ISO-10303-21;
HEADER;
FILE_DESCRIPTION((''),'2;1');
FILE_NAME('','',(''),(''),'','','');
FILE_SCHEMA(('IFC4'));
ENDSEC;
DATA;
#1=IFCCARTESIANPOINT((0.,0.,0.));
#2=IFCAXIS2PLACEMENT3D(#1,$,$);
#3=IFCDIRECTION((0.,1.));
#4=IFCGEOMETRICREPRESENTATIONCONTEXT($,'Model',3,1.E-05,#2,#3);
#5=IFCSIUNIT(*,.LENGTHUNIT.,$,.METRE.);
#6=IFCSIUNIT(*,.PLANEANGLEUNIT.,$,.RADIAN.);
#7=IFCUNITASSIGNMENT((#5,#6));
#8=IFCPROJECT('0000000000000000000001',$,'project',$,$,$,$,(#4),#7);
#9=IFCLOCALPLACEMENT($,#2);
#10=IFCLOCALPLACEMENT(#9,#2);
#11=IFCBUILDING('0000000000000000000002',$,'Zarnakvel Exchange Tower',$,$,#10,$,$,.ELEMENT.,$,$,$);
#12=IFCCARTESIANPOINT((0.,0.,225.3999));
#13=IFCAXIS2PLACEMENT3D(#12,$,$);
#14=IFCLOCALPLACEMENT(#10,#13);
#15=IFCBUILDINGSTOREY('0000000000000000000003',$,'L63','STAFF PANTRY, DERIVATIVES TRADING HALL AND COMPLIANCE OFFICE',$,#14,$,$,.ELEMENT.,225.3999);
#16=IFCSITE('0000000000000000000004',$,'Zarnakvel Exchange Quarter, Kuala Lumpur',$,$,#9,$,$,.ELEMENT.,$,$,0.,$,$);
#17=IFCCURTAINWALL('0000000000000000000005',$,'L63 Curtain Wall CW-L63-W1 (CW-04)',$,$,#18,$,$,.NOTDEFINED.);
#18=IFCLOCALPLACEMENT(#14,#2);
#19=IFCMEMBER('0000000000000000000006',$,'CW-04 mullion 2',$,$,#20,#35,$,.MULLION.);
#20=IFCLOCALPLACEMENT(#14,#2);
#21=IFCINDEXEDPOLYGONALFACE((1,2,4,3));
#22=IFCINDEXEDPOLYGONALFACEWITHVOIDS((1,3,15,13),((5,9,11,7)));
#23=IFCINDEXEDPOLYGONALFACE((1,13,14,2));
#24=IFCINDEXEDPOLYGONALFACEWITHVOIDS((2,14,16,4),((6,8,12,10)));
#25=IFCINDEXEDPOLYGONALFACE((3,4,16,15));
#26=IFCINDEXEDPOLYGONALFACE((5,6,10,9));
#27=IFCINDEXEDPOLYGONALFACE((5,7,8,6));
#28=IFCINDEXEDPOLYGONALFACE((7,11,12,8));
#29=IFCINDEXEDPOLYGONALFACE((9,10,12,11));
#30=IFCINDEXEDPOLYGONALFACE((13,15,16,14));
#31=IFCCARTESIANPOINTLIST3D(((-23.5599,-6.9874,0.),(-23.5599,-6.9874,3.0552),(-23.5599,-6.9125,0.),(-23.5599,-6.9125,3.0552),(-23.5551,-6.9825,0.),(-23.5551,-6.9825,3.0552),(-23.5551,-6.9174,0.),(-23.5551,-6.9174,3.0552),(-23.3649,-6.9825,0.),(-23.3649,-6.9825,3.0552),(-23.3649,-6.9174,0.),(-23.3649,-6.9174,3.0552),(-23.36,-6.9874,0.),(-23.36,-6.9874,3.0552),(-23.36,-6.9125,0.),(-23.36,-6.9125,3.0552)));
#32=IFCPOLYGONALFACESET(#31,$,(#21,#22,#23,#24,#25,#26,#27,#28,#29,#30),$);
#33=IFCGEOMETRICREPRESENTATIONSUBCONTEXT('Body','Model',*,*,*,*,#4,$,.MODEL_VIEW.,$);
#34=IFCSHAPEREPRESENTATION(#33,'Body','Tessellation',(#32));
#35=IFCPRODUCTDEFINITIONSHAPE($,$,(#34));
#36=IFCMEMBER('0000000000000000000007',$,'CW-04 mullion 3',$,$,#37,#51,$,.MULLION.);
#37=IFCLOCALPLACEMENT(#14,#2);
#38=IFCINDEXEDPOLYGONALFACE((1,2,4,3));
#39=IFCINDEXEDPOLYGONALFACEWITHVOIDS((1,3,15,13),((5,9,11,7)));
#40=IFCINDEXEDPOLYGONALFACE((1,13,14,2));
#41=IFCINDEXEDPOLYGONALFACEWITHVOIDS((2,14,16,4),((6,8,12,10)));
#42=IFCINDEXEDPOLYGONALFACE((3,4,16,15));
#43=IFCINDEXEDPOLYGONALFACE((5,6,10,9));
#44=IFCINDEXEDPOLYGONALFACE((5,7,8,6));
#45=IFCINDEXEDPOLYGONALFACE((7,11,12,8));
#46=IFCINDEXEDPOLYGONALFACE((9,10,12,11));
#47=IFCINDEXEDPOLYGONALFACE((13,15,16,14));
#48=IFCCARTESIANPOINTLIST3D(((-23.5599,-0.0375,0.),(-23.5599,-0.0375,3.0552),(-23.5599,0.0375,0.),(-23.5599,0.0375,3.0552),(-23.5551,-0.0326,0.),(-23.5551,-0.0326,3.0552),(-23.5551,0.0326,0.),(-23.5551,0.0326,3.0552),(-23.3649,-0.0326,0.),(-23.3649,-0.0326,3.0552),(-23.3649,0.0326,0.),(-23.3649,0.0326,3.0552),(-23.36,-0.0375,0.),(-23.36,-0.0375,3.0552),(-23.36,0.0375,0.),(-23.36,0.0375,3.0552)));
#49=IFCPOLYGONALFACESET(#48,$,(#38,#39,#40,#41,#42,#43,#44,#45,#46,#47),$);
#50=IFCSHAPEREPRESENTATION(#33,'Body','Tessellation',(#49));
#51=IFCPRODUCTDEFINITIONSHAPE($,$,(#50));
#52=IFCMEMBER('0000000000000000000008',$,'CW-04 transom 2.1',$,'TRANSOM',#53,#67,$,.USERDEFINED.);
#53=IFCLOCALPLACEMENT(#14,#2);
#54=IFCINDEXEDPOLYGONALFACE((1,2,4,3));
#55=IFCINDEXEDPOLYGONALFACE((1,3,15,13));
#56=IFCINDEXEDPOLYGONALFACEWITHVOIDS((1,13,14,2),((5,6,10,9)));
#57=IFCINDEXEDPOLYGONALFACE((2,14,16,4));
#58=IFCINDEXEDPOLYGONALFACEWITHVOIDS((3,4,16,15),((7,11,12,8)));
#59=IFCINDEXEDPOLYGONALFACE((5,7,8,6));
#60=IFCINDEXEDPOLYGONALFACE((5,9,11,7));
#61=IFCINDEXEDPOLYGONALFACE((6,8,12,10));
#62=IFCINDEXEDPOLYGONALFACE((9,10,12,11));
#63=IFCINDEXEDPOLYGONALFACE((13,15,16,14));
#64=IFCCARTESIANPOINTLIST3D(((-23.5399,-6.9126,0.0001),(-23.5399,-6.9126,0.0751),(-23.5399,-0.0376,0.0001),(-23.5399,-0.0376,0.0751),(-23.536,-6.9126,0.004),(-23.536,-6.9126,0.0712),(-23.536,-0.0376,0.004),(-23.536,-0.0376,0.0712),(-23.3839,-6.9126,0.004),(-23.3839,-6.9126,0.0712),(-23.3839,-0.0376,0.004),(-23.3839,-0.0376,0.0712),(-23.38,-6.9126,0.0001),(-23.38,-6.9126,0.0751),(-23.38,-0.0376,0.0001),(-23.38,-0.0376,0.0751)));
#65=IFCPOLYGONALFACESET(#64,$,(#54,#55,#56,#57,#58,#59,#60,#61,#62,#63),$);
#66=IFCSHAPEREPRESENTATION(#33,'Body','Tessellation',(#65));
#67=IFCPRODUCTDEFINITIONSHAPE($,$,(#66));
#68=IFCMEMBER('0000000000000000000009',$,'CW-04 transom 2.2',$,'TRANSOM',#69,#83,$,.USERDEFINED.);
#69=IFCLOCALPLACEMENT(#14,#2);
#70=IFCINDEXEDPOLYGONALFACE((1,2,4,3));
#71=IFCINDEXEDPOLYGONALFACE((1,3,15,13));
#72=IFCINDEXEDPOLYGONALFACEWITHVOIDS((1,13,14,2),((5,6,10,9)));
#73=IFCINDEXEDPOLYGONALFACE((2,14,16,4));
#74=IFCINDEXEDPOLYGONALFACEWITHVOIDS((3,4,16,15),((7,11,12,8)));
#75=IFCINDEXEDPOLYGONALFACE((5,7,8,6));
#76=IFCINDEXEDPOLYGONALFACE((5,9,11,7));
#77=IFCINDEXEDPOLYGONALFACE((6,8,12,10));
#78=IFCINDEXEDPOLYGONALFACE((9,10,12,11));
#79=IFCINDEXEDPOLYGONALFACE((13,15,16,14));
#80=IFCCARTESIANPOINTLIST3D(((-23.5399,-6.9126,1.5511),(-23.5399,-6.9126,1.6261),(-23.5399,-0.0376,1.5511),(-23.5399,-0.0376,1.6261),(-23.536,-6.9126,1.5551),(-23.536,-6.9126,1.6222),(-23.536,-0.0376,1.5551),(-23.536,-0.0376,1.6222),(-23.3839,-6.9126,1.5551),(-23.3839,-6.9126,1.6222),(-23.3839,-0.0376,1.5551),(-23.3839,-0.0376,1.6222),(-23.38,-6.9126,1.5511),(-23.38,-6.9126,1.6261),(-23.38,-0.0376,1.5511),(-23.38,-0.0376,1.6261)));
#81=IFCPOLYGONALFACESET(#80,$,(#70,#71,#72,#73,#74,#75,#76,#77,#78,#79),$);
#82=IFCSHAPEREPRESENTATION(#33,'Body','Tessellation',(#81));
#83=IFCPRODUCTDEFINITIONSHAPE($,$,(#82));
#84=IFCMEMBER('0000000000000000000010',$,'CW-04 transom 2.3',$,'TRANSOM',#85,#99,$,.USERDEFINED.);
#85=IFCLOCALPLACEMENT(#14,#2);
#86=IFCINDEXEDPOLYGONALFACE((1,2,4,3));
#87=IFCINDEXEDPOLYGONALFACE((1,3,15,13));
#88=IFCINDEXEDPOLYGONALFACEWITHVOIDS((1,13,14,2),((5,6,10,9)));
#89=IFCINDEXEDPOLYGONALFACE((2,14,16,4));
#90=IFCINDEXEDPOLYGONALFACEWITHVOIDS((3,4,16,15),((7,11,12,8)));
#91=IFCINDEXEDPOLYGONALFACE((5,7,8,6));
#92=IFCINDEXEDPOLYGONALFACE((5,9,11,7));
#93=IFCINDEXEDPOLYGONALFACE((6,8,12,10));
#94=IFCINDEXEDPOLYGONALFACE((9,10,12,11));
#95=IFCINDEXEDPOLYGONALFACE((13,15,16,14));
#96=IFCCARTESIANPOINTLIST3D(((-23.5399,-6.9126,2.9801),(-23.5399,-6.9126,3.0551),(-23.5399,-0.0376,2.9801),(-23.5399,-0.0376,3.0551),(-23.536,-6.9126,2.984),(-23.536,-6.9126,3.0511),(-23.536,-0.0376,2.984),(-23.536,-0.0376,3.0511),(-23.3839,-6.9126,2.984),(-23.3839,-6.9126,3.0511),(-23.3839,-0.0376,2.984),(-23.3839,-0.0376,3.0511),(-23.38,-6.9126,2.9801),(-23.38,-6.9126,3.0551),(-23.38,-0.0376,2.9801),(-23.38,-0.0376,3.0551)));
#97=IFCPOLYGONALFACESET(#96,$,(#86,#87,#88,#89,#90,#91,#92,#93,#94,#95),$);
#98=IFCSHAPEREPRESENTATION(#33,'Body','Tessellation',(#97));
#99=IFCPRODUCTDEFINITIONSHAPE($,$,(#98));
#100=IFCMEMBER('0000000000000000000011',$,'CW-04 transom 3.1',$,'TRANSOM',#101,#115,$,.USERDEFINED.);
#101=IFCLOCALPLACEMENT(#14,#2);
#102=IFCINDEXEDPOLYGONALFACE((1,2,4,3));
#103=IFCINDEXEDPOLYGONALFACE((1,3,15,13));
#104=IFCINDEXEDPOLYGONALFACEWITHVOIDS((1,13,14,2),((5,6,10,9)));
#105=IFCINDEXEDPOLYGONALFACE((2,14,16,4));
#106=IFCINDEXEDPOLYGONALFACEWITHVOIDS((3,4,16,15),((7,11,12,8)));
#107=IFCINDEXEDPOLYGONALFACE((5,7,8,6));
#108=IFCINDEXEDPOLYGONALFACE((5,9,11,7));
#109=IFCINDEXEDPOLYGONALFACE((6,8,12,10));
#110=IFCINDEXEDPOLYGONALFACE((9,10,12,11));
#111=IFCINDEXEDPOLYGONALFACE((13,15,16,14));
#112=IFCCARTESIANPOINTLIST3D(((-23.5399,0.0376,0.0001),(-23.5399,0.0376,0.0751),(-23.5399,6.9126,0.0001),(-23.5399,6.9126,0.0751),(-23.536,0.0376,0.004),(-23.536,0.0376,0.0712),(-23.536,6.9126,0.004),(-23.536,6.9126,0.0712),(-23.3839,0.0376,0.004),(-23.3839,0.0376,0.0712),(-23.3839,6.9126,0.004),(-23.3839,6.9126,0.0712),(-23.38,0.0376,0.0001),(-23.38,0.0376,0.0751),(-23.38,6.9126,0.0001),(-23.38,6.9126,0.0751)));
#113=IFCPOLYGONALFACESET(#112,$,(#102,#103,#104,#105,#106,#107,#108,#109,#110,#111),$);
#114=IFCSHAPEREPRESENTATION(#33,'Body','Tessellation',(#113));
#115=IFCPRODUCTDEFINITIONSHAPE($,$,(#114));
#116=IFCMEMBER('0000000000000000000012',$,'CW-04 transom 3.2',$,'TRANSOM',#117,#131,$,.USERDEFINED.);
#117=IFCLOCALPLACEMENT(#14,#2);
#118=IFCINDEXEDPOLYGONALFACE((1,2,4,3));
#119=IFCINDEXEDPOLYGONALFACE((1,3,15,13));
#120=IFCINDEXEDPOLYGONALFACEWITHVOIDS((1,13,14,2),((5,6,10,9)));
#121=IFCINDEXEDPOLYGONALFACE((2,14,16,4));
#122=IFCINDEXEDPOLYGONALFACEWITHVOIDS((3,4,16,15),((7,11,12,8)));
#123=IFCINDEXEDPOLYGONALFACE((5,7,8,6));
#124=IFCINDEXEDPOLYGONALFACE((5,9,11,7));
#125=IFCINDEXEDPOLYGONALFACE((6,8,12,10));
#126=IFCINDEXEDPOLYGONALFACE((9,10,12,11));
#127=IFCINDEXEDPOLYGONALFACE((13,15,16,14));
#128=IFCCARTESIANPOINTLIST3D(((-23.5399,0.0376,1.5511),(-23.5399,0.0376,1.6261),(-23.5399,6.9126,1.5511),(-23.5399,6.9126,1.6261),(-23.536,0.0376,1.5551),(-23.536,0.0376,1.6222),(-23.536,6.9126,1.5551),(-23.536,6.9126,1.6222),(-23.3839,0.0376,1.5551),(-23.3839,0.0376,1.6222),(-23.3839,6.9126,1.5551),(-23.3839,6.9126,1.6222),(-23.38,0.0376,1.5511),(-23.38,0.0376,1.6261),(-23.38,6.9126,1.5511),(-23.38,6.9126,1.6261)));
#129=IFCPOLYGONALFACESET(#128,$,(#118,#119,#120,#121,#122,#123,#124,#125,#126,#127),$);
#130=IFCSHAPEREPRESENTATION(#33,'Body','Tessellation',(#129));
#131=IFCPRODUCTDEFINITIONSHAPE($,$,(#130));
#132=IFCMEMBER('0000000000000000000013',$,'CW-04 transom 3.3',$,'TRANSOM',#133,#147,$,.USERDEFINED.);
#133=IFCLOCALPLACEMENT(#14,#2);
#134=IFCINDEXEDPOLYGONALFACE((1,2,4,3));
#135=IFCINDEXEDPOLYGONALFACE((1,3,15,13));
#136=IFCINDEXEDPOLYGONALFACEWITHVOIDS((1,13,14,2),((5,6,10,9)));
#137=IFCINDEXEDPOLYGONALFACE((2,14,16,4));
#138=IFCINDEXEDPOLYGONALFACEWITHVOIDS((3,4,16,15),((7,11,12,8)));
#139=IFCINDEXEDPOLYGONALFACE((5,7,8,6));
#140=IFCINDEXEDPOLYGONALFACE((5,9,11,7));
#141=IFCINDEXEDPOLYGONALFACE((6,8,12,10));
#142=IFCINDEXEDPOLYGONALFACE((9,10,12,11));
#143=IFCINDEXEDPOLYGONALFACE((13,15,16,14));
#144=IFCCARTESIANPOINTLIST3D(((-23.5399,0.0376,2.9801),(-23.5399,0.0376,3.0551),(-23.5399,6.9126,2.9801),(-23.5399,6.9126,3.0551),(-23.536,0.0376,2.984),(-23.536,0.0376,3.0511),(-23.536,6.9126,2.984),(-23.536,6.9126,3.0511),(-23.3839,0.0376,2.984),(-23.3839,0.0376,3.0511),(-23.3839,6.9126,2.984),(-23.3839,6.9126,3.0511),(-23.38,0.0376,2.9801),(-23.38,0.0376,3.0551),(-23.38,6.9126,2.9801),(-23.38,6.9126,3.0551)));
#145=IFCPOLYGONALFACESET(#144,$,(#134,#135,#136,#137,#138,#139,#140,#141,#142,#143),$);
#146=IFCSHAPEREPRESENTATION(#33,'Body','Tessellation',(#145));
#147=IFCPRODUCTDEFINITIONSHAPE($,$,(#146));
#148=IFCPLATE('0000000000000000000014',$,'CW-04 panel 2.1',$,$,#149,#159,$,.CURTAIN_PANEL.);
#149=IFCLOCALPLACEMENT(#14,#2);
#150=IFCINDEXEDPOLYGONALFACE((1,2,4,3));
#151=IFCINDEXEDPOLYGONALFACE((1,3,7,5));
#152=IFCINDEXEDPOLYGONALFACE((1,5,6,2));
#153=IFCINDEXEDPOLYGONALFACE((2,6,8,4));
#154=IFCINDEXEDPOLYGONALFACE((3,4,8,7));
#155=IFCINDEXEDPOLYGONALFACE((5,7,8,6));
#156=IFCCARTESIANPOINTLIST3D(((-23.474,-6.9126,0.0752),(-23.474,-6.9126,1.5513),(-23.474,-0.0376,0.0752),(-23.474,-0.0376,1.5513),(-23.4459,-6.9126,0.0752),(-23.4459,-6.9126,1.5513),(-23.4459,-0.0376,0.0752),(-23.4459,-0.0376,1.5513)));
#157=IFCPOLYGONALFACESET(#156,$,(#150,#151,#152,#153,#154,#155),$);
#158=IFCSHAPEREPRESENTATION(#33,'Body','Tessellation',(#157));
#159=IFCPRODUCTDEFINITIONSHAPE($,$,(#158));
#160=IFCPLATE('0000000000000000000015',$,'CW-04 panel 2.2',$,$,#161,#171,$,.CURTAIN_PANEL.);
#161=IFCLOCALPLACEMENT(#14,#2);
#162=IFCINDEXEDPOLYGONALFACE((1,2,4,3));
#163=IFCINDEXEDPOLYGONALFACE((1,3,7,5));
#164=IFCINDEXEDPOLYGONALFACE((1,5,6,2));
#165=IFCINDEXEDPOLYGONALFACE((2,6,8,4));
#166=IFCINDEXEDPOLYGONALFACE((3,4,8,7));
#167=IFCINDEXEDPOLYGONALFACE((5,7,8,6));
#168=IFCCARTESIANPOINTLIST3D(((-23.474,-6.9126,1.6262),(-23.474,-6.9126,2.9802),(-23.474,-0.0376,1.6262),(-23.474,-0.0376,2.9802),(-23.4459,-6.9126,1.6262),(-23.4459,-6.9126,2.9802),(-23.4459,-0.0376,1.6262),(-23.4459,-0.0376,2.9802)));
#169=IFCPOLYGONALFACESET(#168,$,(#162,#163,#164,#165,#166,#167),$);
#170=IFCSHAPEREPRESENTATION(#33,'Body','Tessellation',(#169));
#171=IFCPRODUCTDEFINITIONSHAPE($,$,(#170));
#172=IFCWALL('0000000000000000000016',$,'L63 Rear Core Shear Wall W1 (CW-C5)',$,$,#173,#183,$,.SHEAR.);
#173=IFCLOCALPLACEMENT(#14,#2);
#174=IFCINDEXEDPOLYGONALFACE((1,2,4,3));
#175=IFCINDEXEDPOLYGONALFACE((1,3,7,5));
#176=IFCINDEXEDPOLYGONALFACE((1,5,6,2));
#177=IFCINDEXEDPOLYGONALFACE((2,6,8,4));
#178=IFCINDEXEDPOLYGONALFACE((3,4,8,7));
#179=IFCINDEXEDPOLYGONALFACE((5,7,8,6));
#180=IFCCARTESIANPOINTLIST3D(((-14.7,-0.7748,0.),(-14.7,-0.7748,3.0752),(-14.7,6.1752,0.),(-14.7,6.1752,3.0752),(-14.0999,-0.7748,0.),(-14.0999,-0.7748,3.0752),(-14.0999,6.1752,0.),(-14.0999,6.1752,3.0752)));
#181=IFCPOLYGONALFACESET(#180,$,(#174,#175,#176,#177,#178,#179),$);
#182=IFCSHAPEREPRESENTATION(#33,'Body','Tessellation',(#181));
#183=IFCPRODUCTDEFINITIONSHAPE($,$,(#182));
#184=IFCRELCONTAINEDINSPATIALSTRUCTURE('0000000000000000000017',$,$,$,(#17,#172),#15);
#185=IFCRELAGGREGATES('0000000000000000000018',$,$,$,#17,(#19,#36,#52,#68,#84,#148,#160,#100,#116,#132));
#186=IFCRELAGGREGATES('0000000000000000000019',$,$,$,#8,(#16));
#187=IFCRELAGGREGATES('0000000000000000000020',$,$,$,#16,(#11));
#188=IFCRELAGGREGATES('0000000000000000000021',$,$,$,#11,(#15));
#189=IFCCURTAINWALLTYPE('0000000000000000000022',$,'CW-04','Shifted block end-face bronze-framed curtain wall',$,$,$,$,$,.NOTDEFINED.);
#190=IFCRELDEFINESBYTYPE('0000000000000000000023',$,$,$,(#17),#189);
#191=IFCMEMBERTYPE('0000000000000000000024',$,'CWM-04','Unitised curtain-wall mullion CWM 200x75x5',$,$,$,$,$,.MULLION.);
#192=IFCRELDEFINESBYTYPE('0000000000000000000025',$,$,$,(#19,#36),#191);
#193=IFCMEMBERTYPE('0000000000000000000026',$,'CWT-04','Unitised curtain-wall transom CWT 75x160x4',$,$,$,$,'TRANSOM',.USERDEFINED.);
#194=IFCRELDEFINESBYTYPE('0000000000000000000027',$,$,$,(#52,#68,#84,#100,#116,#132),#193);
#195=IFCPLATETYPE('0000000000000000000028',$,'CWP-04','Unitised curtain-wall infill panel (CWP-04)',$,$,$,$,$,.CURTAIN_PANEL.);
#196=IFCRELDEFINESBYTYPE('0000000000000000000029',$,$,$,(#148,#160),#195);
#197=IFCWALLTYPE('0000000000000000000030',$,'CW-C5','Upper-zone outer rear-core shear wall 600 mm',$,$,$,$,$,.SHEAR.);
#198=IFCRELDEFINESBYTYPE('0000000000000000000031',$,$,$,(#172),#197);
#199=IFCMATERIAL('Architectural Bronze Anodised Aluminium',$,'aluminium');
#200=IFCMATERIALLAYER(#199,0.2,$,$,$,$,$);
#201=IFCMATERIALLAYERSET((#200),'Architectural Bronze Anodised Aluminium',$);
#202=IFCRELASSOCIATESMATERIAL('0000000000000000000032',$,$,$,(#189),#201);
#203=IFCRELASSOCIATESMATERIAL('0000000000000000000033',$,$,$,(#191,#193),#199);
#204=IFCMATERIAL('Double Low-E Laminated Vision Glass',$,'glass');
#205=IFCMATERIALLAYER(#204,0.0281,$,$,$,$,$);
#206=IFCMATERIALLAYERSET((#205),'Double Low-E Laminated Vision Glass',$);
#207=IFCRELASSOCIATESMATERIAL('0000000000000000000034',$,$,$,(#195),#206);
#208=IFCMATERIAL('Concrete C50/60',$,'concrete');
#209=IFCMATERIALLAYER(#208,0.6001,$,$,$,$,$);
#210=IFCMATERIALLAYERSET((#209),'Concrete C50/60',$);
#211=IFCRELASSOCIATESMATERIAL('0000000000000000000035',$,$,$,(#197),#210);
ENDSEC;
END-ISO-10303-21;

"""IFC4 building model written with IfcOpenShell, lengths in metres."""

from ifc_helpers import new_model, si_unit, direction, frame, frame_2d, origin, origin_2d, place, context, subcontext, project, spatial, rectangle, hollow_rectangle, extrude, source, transform, mapped, material, layer, layer_set, material_profile, profile_set, type_object, element, aggregate, save


model = new_model("IFC4")

# Units and contexts
model_context = context("Model", 3, precision=1e-05, world=origin(), true_north=direction((0.0, 1.0)))
body_context = subcontext(model_context, "Body", "Model", "MODEL_VIEW")
ifc_project = project(units=[si_unit("LENGTHUNIT", "METRE"), si_unit("PLANEANGLEUNIT", "RADIAN")], contexts=[model_context])

# Site, building, storey
site_placement = place(None, origin())
site = spatial("IfcSite", under=ifc_project, at=site_placement, Name="Zarnakvel Exchange Quarter, Kuala Lumpur", CompositionType="ELEMENT", RefElevation=0.0)
building_placement = place(site_placement, origin())
building = spatial("IfcBuilding", under=site, at=building_placement, Name="Zarnakvel Exchange Tower", CompositionType="ELEMENT")
storey_placement = place(building_placement, frame((0.0, 0.0, 225.3999)))
storey = spatial("IfcBuildingStorey", under=building, at=storey_placement, Name="L63", Description="STAFF PANTRY, DERIVATIVES TRADING HALL AND COMPLIANCE OFFICE", CompositionType="ELEMENT", Elevation=225.3999)

# Shared definitions
ifc_material_1 = material(Name="Concrete C50/60", Category="concrete")

# Curtain wall, members, plates
ifc_material_2 = material(Name="Architectural Bronze Anodised Aluminium", Category="aluminium")
ifc_layer_1 = layer(ifc_material_2, 0.2)
ifc_layer_set_1 = layer_set([ifc_layer_1], Name="Architectural Bronze Anodised Aluminium")
curtain_wall_type = type_object("IfcCurtainWallType", Name="CW-04", Description="Shifted block end-face bronze-framed curtain wall", PredefinedType="NOTDEFINED", material=ifc_layer_set_1)
curtain_wall_placement = place(storey_placement, origin())
curtain_wall = element("IfcCurtainWall", 1, at=curtain_wall_placement, inside=storey, type_object=curtain_wall_type, Name="L63 Curtain Wall CW-L63-W1 (CW-04)", PredefinedType="NOTDEFINED")
ifc_material_profile_1 = material_profile(ifc_material_2, hollow_rectangle(XDim=0.2, YDim=0.075, WallThickness=0.0049, at=origin_2d()))
ifc_profile_set_1 = profile_set([ifc_material_profile_1], Name="Architectural Bronze Anodised Aluminium")
member_type_1 = type_object("IfcMemberType", Name="CWM-04", Description="Unitised curtain-wall mullion CWM 200x75x5", PredefinedType="MULLION", material=ifc_profile_set_1)
shared_shape_1 = source(origin(), body_context, "Body", "SweptSolid", [
    extrude(hollow_rectangle(XDim=0.2, YDim=0.075, WallThickness=0.0049, at=origin_2d()), origin(), (0.0, 0.0, 1.0), 3.0552),
])
member_1_placement = place(storey_placement, frame((-23.46, -6.95, 0.0), z_axis=(0.0, 0.0, 1.0), x_axis=(-1.0, 0.0, 0.0)))
member_1 = element("IfcMember", 2, at=member_1_placement, type_object=member_type_1, Name="CW-04 mullion 2", PredefinedType="MULLION", context=body_context, shape_type="MappedRepresentation", body=[
    mapped(shared_shape_1, transform((0.0, 0.0, 0.0), x_axis=(1.0, 0.0, 0.0), y_axis=(0.0, 1.0, 0.0), z_axis=(0.0, 0.0, 1.0), scale=1.0)),
])
member_2_placement = place(storey_placement, frame((-23.46, 0.0, 0.0), z_axis=(0.0, 0.0, 1.0), x_axis=(-1.0, 0.0, 0.0)))
member_2 = element("IfcMember", 3, at=member_2_placement, type_object=member_type_1, Name="CW-04 mullion 3", PredefinedType="MULLION", context=body_context, shape_type="MappedRepresentation", body=[
    mapped(shared_shape_1, transform((0.0, 0.0, 0.0), x_axis=(1.0, 0.0, 0.0), y_axis=(0.0, 1.0, 0.0), z_axis=(0.0, 0.0, 1.0), scale=1.0)),
])
ifc_material_profile_2 = material_profile(ifc_material_2, hollow_rectangle(XDim=0.1599, YDim=0.075, WallThickness=0.0039, at=origin_2d()))
ifc_profile_set_2 = profile_set([ifc_material_profile_2], Name="Architectural Bronze Anodised Aluminium")
member_type_2 = type_object("IfcMemberType", Name="CWT-04", Description="Unitised curtain-wall transom CWT 75x160x4", ElementType="TRANSOM", PredefinedType="USERDEFINED", material=ifc_profile_set_2)
shared_shape_2 = source(origin(), body_context, "Body", "SweptSolid", [
    extrude(hollow_rectangle(XDim=0.1599, YDim=0.075, WallThickness=0.0039, at=origin_2d()), origin(), (0.0, 0.0, 1.0), 6.875),
])
member_3_placement = place(storey_placement, frame((-23.46, -6.9126, 0.0376), z_axis=(0.0, 1.0, 0.0), x_axis=(-1.0, 0.0, 0.0)))
member_3 = element("IfcMember", 4, at=member_3_placement, type_object=member_type_2, Name="CW-04 transom 2.1", ObjectType="TRANSOM", PredefinedType="USERDEFINED", context=body_context, shape_type="MappedRepresentation", body=[
    mapped(shared_shape_2, transform((0.0, 0.0, 0.0), x_axis=(1.0, 0.0, 0.0), y_axis=(0.0, 1.0, 0.0), z_axis=(0.0, 0.0, 1.0), scale=1.0)),
])
member_4_placement = place(storey_placement, frame((-23.46, -6.9126, 1.5886), z_axis=(0.0, 1.0, 0.0), x_axis=(-1.0, 0.0, 0.0)))
member_4 = element("IfcMember", 5, at=member_4_placement, type_object=member_type_2, Name="CW-04 transom 2.2", ObjectType="TRANSOM", PredefinedType="USERDEFINED", context=body_context, shape_type="MappedRepresentation", body=[
    mapped(shared_shape_2, transform((0.0, 0.0, 0.0), x_axis=(1.0, 0.0, 0.0), y_axis=(0.0, 1.0, 0.0), z_axis=(0.0, 0.0, 1.0), scale=1.0)),
])
member_5_placement = place(storey_placement, frame((-23.46, -6.9126, 3.0176), z_axis=(0.0, 1.0, 0.0), x_axis=(-1.0, 0.0, 0.0)))
member_5 = element("IfcMember", 6, at=member_5_placement, type_object=member_type_2, Name="CW-04 transom 2.3", ObjectType="TRANSOM", PredefinedType="USERDEFINED", context=body_context, shape_type="MappedRepresentation", body=[
    mapped(shared_shape_2, transform((0.0, 0.0, 0.0), x_axis=(1.0, 0.0, 0.0), y_axis=(0.0, 1.0, 0.0), z_axis=(0.0, 0.0, 1.0), scale=1.0)),
])
member_6_placement = place(storey_placement, frame((-23.46, 0.0376, 0.0376), z_axis=(0.0, 1.0, 0.0), x_axis=(-1.0, 0.0, 0.0)))
member_6 = element("IfcMember", 7, at=member_6_placement, type_object=member_type_2, Name="CW-04 transom 3.1", ObjectType="TRANSOM", PredefinedType="USERDEFINED", context=body_context, shape_type="MappedRepresentation", body=[
    mapped(shared_shape_2, transform((0.0, 0.0, 0.0), x_axis=(1.0, 0.0, 0.0), y_axis=(0.0, 1.0, 0.0), z_axis=(0.0, 0.0, 1.0), scale=1.0)),
])
member_7_placement = place(storey_placement, frame((-23.46, 0.0376, 1.5886), z_axis=(0.0, 1.0, 0.0), x_axis=(-1.0, 0.0, 0.0)))
member_7 = element("IfcMember", 8, at=member_7_placement, type_object=member_type_2, Name="CW-04 transom 3.2", ObjectType="TRANSOM", PredefinedType="USERDEFINED", context=body_context, shape_type="MappedRepresentation", body=[
    mapped(shared_shape_2, transform((0.0, 0.0, 0.0), x_axis=(1.0, 0.0, 0.0), y_axis=(0.0, 1.0, 0.0), z_axis=(0.0, 0.0, 1.0), scale=1.0)),
])
member_8_placement = place(storey_placement, frame((-23.46, 0.0376, 3.0176), z_axis=(0.0, 1.0, 0.0), x_axis=(-1.0, 0.0, 0.0)))
member_8 = element("IfcMember", 9, at=member_8_placement, type_object=member_type_2, Name="CW-04 transom 3.3", ObjectType="TRANSOM", PredefinedType="USERDEFINED", context=body_context, shape_type="MappedRepresentation", body=[
    mapped(shared_shape_2, transform((0.0, 0.0, 0.0), x_axis=(1.0, 0.0, 0.0), y_axis=(0.0, 1.0, 0.0), z_axis=(0.0, 0.0, 1.0), scale=1.0)),
])
ifc_material_3 = material(Name="Double Low-E Laminated Vision Glass", Category="glass")
ifc_layer_2 = layer(ifc_material_3, 0.0281)
ifc_layer_set_2 = layer_set([ifc_layer_2], Name="Double Low-E Laminated Vision Glass")
plate_type = type_object("IfcPlateType", Name="CWP-04", Description="Unitised curtain-wall infill panel (CWP-04)", PredefinedType="CURTAIN_PANEL", material=ifc_layer_set_2)
shared_shape_3 = source(origin(), body_context, "Body", "SweptSolid", [
    extrude(rectangle(XDim=6.875, YDim=0.0281, at=origin_2d()), origin(), (0.0, 0.0, 1.0), 1.4761),
])
plate_1_placement = place(storey_placement, frame((-23.46, -3.4751, 0.0752), z_axis=(0.0, 0.0, 1.0), x_axis=(0.0, 1.0, 0.0)))
plate_1 = element("IfcPlate", 10, at=plate_1_placement, type_object=plate_type, Name="CW-04 panel 2.1", PredefinedType="CURTAIN_PANEL", context=body_context, shape_type="MappedRepresentation", body=[
    mapped(shared_shape_3, transform((0.0, 0.0, 0.0), x_axis=(1.0, 0.0, 0.0), y_axis=(0.0, 1.0, 0.0), z_axis=(0.0, 0.0, 1.0), scale=1.0)),
])
shared_shape_4 = source(origin(), body_context, "Body", "SweptSolid", [
    extrude(rectangle(XDim=6.875, YDim=0.0281, at=origin_2d()), origin(), (0.0, 0.0, 1.0), 1.354),
])
plate_2_placement = place(storey_placement, frame((-23.46, -3.4751, 1.6262), z_axis=(0.0, 0.0, 1.0), x_axis=(0.0, 1.0, 0.0)))
plate_2 = element("IfcPlate", 11, at=plate_2_placement, type_object=plate_type, Name="CW-04 panel 2.2", PredefinedType="CURTAIN_PANEL", context=body_context, shape_type="MappedRepresentation", body=[
    mapped(shared_shape_4, transform((0.0, 0.0, 0.0), x_axis=(1.0, 0.0, 0.0), y_axis=(0.0, 1.0, 0.0), z_axis=(0.0, 0.0, 1.0), scale=1.0)),
])
aggregate(curtain_wall, [member_1, member_2, member_3, member_4, member_5, plate_1, plate_2, member_6, member_7, member_8])

# Wall
ifc_layer_3 = layer(ifc_material_1, 0.6001)
ifc_layer_set_3 = layer_set([ifc_layer_3], Name="Concrete C50/60")
wall_type_1 = type_object("IfcWallType", Name="CW-C5", Description="Upper-zone outer rear-core shear wall 600 mm", PredefinedType="SHEAR", material=ifc_layer_set_3)
wall_1_placement = place(storey_placement, frame((-14.3999, -0.7749, 0.0), z_axis=(0.0, 0.0, 1.0), x_axis=(0.0, 1.0, 0.0)))
element("IfcWall", 12, at=wall_1_placement, inside=storey, type_object=wall_type_1, Name="L63 Rear Core Shear Wall W1 (CW-C5)", PredefinedType="SHEAR", context=body_context, shape_type="SweptSolid", body=[
    extrude(rectangle(XDim=6.95, YDim=0.6001, at=frame_2d((3.4751, 0.0))), origin(), (0.0, 0.0, 1.0), 3.0752),
])

save(model, "model.ifc")
